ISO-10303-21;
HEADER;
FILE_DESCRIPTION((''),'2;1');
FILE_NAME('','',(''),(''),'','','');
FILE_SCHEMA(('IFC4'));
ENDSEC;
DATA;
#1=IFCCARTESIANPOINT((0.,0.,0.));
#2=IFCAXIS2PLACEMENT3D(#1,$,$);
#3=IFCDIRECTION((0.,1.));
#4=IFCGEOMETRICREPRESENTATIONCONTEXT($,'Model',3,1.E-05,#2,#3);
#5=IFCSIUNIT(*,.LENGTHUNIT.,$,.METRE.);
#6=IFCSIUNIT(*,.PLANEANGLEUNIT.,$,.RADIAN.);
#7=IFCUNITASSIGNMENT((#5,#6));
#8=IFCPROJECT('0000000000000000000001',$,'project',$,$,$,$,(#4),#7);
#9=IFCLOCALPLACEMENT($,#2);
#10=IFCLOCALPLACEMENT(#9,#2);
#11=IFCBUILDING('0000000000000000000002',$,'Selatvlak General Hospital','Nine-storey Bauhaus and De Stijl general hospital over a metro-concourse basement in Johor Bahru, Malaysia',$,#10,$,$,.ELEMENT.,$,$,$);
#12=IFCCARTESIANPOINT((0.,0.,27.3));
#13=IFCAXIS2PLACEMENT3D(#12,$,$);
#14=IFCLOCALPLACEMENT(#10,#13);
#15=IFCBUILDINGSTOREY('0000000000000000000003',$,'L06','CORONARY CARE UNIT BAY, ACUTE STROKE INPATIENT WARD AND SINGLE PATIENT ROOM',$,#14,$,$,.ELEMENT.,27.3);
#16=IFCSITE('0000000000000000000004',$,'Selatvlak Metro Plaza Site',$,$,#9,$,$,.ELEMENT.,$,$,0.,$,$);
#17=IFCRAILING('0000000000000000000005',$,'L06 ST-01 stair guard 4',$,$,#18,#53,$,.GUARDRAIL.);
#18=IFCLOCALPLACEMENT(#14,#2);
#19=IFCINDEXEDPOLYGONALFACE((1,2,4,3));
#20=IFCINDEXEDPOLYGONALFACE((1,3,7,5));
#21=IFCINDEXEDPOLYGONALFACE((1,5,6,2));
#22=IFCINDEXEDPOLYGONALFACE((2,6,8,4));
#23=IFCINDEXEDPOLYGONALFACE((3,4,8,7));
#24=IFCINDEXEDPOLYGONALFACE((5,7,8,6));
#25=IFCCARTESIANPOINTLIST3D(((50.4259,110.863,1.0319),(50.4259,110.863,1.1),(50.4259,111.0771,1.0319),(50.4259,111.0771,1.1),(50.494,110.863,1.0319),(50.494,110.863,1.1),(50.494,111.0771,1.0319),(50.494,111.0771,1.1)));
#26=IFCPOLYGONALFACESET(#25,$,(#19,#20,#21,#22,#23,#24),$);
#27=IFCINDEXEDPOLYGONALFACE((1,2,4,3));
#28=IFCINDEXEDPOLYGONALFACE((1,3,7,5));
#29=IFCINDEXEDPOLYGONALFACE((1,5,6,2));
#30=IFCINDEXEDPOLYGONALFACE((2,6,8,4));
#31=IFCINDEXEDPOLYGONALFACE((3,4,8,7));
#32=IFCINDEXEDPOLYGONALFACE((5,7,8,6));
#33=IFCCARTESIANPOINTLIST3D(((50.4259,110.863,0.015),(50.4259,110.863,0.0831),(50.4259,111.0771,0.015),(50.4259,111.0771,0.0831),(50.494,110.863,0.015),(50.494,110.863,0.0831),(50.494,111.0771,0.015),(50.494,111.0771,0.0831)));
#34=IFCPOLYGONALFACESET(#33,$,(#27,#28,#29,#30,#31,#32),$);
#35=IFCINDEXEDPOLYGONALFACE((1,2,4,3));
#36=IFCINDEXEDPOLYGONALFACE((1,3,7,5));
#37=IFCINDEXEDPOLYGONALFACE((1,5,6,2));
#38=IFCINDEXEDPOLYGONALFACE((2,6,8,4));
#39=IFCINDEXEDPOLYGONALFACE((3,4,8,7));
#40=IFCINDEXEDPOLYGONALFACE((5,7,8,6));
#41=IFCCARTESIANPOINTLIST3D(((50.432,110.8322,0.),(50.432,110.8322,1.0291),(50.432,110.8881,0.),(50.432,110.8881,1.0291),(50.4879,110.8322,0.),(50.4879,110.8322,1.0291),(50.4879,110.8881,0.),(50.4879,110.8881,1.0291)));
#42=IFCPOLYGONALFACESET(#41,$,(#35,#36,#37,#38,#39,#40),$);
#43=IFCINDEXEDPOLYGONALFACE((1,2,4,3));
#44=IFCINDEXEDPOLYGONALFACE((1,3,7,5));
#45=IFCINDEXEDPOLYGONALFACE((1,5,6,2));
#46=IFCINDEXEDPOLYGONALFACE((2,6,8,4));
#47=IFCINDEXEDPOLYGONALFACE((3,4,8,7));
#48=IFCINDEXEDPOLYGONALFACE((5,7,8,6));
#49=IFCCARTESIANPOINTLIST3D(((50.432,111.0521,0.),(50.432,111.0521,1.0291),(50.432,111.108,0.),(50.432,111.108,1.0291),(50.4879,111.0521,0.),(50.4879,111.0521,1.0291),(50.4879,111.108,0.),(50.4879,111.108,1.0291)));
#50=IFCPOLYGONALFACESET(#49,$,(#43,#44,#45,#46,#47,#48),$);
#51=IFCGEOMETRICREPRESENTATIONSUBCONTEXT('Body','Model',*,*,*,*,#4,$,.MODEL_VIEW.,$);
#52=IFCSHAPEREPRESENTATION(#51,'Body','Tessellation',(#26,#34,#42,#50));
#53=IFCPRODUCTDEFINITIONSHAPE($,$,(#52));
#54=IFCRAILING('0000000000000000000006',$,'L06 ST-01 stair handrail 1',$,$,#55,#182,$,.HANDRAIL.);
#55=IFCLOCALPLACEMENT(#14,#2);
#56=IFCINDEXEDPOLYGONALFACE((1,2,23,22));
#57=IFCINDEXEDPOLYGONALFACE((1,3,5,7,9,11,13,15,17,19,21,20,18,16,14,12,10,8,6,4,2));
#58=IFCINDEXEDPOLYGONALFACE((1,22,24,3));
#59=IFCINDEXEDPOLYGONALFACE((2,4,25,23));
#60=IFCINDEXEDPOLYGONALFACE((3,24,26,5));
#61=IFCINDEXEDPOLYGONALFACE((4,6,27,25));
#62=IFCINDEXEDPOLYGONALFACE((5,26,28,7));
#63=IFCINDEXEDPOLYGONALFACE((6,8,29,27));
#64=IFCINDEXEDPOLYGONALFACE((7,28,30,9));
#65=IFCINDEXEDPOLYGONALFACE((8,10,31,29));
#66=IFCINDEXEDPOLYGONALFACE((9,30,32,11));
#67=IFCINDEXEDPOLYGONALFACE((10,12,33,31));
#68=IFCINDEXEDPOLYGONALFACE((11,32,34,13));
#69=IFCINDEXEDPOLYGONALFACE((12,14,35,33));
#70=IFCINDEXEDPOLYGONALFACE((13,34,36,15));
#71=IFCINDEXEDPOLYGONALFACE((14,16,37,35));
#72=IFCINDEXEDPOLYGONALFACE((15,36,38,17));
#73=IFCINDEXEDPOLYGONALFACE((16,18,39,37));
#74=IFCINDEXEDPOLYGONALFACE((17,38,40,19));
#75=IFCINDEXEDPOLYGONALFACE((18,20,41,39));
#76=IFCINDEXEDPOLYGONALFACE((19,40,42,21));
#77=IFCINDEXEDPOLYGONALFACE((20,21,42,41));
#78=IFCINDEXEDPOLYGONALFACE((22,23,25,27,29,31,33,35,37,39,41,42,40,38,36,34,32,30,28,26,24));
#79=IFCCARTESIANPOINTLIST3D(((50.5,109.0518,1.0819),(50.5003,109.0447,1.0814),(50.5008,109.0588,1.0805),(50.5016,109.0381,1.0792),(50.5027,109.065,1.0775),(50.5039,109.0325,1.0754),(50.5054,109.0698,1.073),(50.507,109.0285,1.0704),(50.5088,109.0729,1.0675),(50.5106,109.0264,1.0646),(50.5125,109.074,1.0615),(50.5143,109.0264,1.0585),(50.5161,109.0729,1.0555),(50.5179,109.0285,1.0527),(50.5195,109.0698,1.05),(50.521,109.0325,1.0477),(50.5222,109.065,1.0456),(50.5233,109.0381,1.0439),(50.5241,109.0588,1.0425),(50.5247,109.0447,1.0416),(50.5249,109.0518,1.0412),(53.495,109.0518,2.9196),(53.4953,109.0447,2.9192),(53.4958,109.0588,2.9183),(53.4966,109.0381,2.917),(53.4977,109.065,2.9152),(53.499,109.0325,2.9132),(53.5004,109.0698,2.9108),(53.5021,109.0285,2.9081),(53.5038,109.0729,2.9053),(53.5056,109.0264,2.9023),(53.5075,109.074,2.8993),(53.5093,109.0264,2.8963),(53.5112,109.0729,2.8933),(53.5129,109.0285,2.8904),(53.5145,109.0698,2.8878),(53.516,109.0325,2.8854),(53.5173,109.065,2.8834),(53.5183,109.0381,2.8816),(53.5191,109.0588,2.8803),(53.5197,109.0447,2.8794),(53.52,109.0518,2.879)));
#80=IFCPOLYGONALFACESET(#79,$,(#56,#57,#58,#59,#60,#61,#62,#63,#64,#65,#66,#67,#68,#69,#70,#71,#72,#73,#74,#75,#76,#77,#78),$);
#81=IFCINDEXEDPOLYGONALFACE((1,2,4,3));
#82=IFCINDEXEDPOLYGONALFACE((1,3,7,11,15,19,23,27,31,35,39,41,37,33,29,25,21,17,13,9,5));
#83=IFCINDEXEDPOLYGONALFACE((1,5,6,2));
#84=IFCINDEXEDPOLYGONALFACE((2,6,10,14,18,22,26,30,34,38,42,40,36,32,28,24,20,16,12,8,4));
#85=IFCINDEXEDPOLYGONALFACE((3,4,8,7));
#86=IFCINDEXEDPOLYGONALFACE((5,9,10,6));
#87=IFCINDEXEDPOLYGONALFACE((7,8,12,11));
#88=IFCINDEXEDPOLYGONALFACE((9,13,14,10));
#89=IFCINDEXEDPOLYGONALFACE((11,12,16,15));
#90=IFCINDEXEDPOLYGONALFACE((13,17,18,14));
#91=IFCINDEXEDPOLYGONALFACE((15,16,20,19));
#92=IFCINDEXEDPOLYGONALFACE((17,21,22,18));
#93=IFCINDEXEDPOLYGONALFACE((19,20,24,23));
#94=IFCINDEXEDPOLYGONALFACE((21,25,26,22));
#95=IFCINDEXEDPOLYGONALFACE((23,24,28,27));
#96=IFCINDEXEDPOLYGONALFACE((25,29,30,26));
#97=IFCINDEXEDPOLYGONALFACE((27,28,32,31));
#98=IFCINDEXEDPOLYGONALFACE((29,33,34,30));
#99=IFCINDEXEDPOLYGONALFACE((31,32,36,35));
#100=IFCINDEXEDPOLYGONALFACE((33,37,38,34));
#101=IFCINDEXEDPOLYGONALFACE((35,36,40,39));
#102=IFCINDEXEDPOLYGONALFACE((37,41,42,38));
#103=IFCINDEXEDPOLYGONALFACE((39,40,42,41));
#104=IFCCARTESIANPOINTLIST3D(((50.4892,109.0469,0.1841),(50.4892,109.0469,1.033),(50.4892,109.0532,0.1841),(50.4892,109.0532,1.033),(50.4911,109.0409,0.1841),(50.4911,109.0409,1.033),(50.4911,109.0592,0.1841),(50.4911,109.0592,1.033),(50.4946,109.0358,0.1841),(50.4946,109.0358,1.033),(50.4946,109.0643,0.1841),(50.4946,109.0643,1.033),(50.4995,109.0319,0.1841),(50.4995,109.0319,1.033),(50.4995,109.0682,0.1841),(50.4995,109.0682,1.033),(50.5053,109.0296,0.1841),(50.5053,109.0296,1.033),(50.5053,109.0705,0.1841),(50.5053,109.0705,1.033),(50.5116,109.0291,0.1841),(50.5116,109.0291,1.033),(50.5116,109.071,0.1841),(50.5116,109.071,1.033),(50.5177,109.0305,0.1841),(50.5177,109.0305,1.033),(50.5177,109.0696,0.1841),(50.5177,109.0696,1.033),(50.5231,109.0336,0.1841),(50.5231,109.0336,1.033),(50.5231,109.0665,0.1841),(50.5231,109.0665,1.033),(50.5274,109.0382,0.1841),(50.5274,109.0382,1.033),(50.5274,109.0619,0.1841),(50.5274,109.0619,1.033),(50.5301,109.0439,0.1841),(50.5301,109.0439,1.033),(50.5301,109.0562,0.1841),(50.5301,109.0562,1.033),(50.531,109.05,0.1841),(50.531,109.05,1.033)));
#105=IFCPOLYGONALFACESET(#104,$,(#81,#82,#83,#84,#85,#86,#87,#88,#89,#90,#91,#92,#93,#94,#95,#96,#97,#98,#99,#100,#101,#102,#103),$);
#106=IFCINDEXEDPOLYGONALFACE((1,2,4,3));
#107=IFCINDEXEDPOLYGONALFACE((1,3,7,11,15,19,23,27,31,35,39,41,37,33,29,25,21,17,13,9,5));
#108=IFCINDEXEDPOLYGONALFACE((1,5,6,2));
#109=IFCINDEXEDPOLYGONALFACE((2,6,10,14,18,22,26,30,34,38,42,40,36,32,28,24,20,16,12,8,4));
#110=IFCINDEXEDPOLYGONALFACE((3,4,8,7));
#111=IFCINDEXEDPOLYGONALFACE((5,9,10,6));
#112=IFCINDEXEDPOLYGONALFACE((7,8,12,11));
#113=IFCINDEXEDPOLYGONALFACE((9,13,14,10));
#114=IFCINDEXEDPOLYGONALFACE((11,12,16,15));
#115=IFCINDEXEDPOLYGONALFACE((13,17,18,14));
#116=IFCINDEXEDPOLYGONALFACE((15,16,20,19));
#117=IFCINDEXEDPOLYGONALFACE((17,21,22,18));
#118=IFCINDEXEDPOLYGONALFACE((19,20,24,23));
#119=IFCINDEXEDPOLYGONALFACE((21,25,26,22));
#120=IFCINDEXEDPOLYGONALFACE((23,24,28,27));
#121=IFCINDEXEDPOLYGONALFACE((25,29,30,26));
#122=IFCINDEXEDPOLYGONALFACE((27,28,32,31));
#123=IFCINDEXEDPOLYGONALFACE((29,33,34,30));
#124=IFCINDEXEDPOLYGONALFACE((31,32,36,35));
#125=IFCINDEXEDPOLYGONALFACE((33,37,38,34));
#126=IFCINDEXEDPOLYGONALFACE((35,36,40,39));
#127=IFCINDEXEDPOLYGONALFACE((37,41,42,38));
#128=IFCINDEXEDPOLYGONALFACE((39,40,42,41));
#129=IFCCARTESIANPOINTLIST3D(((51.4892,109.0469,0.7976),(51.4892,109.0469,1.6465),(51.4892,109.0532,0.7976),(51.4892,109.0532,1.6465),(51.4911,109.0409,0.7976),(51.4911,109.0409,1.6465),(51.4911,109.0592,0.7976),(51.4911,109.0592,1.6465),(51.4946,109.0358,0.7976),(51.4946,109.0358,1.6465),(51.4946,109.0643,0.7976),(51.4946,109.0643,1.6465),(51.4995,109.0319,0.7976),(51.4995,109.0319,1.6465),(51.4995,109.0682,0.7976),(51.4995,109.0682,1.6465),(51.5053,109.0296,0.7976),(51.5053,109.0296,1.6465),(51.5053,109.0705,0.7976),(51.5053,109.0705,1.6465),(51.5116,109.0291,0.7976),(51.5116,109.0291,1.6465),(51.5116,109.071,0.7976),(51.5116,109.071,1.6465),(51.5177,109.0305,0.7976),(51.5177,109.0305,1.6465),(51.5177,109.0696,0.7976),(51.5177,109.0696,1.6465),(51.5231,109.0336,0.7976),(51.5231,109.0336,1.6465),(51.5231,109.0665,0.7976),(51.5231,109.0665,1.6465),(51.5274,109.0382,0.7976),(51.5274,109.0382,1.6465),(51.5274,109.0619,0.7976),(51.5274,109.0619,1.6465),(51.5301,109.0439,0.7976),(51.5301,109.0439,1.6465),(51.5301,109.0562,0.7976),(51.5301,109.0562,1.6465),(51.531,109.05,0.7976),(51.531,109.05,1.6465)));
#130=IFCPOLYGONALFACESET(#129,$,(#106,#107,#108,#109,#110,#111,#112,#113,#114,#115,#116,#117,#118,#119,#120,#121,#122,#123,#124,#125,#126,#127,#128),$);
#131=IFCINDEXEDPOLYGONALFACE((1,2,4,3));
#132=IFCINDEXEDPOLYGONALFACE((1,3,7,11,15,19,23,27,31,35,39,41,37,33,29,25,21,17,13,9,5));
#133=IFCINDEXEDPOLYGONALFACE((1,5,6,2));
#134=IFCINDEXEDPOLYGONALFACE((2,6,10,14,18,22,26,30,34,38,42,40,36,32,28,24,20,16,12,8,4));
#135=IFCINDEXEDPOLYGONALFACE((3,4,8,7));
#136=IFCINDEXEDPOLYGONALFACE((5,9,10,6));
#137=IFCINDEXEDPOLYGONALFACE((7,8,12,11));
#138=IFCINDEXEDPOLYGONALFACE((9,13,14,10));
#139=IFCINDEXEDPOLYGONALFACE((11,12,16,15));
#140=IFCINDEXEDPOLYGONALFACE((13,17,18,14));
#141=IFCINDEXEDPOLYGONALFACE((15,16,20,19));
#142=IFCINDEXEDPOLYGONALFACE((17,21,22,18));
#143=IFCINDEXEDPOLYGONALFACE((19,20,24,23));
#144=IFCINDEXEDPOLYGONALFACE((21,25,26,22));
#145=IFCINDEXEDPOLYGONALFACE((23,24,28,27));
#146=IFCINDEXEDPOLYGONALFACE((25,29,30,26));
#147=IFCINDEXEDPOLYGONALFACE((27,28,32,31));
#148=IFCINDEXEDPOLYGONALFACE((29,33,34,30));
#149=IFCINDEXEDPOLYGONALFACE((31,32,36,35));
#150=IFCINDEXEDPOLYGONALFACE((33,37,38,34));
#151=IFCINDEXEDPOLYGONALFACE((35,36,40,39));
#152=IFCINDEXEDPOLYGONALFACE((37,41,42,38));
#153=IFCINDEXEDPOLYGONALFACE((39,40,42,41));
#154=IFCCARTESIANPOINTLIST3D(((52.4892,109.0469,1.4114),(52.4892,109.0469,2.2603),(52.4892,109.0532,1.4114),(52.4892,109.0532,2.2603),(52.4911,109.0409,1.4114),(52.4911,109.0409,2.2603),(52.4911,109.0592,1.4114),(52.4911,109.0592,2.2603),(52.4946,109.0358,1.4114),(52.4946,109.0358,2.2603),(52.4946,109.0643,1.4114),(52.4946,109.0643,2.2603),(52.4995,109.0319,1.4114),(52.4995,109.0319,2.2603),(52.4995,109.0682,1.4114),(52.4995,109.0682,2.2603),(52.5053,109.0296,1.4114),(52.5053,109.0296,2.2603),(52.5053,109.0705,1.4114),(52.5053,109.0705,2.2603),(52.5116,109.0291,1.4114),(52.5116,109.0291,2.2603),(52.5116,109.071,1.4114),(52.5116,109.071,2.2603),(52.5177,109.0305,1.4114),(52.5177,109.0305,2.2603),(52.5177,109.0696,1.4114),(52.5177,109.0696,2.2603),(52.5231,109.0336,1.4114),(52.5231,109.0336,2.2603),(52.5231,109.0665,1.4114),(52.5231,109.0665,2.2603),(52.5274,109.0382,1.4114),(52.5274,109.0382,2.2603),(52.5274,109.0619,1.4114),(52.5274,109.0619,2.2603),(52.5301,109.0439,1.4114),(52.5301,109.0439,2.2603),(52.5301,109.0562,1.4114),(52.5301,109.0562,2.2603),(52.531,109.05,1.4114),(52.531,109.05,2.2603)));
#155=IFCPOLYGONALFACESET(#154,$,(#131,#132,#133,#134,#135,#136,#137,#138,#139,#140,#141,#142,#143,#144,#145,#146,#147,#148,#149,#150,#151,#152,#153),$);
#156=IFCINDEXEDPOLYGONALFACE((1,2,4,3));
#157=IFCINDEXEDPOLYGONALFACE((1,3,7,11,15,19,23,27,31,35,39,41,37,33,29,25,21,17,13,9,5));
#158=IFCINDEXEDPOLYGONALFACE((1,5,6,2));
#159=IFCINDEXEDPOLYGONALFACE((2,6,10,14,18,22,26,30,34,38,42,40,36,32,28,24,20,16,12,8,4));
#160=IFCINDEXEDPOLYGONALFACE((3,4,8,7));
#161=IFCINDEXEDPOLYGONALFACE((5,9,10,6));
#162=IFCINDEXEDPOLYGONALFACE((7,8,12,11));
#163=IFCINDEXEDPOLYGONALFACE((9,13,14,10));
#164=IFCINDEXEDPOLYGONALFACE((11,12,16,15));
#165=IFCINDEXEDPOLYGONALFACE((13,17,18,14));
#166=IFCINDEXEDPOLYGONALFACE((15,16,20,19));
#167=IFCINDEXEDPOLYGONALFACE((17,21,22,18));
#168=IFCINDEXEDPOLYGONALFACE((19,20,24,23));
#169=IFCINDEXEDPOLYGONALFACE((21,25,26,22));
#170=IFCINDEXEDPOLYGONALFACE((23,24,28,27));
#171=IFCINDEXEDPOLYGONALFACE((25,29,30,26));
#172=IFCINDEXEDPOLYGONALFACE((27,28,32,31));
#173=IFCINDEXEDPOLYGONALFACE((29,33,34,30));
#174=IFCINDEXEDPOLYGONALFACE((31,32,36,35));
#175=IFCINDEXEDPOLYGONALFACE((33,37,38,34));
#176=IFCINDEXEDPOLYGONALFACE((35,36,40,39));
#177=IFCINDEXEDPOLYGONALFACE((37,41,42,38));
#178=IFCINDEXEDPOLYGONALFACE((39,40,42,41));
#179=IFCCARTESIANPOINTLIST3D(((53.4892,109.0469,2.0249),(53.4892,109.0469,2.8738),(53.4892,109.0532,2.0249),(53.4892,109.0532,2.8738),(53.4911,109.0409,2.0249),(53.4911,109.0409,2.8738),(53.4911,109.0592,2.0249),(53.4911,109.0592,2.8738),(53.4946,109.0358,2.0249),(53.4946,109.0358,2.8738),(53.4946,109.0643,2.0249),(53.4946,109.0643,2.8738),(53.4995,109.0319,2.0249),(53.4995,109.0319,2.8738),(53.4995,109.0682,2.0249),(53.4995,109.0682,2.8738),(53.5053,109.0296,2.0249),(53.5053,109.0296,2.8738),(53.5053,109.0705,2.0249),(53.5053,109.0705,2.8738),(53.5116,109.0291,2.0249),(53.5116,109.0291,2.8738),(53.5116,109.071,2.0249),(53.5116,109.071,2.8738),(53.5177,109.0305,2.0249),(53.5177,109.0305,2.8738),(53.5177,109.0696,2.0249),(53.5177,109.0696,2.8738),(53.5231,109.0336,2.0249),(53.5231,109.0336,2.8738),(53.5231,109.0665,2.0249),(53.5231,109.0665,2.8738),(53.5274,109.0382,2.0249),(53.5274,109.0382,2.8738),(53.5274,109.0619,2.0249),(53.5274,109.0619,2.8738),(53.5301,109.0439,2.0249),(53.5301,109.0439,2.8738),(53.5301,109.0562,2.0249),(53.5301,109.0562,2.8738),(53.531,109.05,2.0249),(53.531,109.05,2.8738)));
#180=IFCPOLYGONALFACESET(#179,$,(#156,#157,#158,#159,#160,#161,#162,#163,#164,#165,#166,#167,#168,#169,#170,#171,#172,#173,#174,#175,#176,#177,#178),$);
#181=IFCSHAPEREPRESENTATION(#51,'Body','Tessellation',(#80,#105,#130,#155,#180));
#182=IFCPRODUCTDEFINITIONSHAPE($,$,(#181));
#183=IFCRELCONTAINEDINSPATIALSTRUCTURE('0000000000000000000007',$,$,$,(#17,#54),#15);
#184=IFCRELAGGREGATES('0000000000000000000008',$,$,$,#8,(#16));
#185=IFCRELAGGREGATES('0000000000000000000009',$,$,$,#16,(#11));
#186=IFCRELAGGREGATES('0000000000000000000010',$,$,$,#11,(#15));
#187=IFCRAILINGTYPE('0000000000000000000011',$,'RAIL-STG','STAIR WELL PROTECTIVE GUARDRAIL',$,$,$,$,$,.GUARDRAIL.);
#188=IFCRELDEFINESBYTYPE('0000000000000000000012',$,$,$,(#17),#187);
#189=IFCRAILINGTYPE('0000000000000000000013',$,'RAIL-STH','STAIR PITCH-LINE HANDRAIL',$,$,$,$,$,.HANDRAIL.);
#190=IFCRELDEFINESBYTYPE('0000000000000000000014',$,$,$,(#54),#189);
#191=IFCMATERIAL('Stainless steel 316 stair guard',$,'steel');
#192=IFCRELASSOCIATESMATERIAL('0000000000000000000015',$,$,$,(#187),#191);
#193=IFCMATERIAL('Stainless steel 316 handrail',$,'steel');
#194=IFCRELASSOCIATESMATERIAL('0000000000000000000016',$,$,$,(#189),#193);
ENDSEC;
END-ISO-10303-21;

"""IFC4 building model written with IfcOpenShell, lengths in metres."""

from ifc_helpers import new_model, si_unit, direction, frame, origin, origin_2d, place, context, subcontext, project, spatial, rectangle, circle, extrude, material, type_object, element, save


model = new_model("IFC4")

# Units and contexts
model_context = context("Model", 3, precision=1e-05, world=origin(), true_north=direction((0.0, 1.0)))
body_context = subcontext(model_context, "Body", "Model", "MODEL_VIEW")
ifc_project = project(units=[si_unit("LENGTHUNIT", "METRE"), si_unit("PLANEANGLEUNIT", "RADIAN")], contexts=[model_context])

# Site, building, storey
site_placement = place(None, origin())
site = spatial("IfcSite", under=ifc_project, at=site_placement, Name="Selatvlak Metro Plaza Site", CompositionType="ELEMENT", RefElevation=0.0)
building_placement = place(site_placement, origin())
building = spatial("IfcBuilding", under=site, at=building_placement, Name="Selatvlak General Hospital", Description="Nine-storey Bauhaus and De Stijl general hospital over a metro-concourse basement in Johor Bahru, Malaysia", CompositionType="ELEMENT")
storey_placement = place(building_placement, frame((0.0, 0.0, 27.3)))
storey = spatial("IfcBuildingStorey", under=building, at=storey_placement, Name="L06", Description="CORONARY CARE UNIT BAY, ACUTE STROKE INPATIENT WARD AND SINGLE PATIENT ROOM", CompositionType="ELEMENT", Elevation=27.3)

# Railings
ifc_material_1 = material(Name="Stainless steel 316 stair guard", Category="steel")
railing_type_1 = type_object("IfcRailingType", Name="RAIL-STG", Description="STAIR WELL PROTECTIVE GUARDRAIL", PredefinedType="GUARDRAIL", material=ifc_material_1)
railing_1_placement = place(storey_placement, frame((50.46, 110.8601, 0.0)))
element("IfcRailing", 1, at=railing_1_placement, inside=storey, type_object=railing_type_1, Name="L06 ST-01 stair guard 4", PredefinedType="GUARDRAIL", context=body_context, shape_type="SweptSolid", body=[
    extrude(rectangle(XDim=0.0681, YDim=0.0681, at=origin_2d()), frame((0.0, 0.0029, 1.0659), z_axis=(0.0, 1.0, 0.0), x_axis=(-1.0, 0.0, 0.0)), (0.0, 0.0, 1.0), 0.2141),
    extrude(rectangle(XDim=0.0681, YDim=0.0681, at=origin_2d()), frame((0.0, 0.0029, 0.0491), z_axis=(0.0, 1.0, 0.0), x_axis=(-1.0, 0.0, 0.0)), (0.0, 0.0, 1.0), 0.2141),
    extrude(rectangle(XDim=0.0559, YDim=0.0559, at=origin_2d()), origin(), (0.0, 0.0, 1.0), 1.0291),
    extrude(rectangle(XDim=0.0559, YDim=0.0559, at=origin_2d()), frame((0.0, 0.22, 0.0)), (0.0, 0.0, 1.0), 1.0291),
])
ifc_material_2 = material(Name="Stainless steel 316 handrail", Category="steel")
railing_type_2 = type_object("IfcRailingType", Name="RAIL-STH", Description="STAIR PITCH-LINE HANDRAIL", PredefinedType="HANDRAIL", material=ifc_material_2)
railing_2_placement = place(storey_placement, frame((50.51, 109.05, 0.1841)))
element("IfcRailing", 2, at=railing_2_placement, inside=storey, type_object=railing_type_2, Name="L06 ST-01 stair handrail 1", PredefinedType="HANDRAIL", context=body_context, shape_type="SweptSolid", body=[
    extrude(circle(Radius=0.0239, at=origin_2d()), frame((0.0024, 0.0, 0.8774), z_axis=(0.852334, 0.0, 0.522998), x_axis=(0.0, 1.0, 0.0)), (0.0, 0.0, 1.0), 3.5139),
    extrude(circle(Radius=0.021, at=origin_2d()), origin(), (0.0, 0.0, 1.0), 0.8489),
    extrude(circle(Radius=0.021, at=origin_2d()), frame((1.0, 0.0, 0.6135)), (0.0, 0.0, 1.0), 0.8489),
    extrude(circle(Radius=0.021, at=origin_2d()), frame((2.0, 0.0, 1.2273)), (0.0, 0.0, 1.0), 0.8489),
    extrude(circle(Radius=0.021, at=origin_2d()), frame((3.0, 0.0, 1.8408)), (0.0, 0.0, 1.0), 0.8489),
])

save(model, "model.ifc")
